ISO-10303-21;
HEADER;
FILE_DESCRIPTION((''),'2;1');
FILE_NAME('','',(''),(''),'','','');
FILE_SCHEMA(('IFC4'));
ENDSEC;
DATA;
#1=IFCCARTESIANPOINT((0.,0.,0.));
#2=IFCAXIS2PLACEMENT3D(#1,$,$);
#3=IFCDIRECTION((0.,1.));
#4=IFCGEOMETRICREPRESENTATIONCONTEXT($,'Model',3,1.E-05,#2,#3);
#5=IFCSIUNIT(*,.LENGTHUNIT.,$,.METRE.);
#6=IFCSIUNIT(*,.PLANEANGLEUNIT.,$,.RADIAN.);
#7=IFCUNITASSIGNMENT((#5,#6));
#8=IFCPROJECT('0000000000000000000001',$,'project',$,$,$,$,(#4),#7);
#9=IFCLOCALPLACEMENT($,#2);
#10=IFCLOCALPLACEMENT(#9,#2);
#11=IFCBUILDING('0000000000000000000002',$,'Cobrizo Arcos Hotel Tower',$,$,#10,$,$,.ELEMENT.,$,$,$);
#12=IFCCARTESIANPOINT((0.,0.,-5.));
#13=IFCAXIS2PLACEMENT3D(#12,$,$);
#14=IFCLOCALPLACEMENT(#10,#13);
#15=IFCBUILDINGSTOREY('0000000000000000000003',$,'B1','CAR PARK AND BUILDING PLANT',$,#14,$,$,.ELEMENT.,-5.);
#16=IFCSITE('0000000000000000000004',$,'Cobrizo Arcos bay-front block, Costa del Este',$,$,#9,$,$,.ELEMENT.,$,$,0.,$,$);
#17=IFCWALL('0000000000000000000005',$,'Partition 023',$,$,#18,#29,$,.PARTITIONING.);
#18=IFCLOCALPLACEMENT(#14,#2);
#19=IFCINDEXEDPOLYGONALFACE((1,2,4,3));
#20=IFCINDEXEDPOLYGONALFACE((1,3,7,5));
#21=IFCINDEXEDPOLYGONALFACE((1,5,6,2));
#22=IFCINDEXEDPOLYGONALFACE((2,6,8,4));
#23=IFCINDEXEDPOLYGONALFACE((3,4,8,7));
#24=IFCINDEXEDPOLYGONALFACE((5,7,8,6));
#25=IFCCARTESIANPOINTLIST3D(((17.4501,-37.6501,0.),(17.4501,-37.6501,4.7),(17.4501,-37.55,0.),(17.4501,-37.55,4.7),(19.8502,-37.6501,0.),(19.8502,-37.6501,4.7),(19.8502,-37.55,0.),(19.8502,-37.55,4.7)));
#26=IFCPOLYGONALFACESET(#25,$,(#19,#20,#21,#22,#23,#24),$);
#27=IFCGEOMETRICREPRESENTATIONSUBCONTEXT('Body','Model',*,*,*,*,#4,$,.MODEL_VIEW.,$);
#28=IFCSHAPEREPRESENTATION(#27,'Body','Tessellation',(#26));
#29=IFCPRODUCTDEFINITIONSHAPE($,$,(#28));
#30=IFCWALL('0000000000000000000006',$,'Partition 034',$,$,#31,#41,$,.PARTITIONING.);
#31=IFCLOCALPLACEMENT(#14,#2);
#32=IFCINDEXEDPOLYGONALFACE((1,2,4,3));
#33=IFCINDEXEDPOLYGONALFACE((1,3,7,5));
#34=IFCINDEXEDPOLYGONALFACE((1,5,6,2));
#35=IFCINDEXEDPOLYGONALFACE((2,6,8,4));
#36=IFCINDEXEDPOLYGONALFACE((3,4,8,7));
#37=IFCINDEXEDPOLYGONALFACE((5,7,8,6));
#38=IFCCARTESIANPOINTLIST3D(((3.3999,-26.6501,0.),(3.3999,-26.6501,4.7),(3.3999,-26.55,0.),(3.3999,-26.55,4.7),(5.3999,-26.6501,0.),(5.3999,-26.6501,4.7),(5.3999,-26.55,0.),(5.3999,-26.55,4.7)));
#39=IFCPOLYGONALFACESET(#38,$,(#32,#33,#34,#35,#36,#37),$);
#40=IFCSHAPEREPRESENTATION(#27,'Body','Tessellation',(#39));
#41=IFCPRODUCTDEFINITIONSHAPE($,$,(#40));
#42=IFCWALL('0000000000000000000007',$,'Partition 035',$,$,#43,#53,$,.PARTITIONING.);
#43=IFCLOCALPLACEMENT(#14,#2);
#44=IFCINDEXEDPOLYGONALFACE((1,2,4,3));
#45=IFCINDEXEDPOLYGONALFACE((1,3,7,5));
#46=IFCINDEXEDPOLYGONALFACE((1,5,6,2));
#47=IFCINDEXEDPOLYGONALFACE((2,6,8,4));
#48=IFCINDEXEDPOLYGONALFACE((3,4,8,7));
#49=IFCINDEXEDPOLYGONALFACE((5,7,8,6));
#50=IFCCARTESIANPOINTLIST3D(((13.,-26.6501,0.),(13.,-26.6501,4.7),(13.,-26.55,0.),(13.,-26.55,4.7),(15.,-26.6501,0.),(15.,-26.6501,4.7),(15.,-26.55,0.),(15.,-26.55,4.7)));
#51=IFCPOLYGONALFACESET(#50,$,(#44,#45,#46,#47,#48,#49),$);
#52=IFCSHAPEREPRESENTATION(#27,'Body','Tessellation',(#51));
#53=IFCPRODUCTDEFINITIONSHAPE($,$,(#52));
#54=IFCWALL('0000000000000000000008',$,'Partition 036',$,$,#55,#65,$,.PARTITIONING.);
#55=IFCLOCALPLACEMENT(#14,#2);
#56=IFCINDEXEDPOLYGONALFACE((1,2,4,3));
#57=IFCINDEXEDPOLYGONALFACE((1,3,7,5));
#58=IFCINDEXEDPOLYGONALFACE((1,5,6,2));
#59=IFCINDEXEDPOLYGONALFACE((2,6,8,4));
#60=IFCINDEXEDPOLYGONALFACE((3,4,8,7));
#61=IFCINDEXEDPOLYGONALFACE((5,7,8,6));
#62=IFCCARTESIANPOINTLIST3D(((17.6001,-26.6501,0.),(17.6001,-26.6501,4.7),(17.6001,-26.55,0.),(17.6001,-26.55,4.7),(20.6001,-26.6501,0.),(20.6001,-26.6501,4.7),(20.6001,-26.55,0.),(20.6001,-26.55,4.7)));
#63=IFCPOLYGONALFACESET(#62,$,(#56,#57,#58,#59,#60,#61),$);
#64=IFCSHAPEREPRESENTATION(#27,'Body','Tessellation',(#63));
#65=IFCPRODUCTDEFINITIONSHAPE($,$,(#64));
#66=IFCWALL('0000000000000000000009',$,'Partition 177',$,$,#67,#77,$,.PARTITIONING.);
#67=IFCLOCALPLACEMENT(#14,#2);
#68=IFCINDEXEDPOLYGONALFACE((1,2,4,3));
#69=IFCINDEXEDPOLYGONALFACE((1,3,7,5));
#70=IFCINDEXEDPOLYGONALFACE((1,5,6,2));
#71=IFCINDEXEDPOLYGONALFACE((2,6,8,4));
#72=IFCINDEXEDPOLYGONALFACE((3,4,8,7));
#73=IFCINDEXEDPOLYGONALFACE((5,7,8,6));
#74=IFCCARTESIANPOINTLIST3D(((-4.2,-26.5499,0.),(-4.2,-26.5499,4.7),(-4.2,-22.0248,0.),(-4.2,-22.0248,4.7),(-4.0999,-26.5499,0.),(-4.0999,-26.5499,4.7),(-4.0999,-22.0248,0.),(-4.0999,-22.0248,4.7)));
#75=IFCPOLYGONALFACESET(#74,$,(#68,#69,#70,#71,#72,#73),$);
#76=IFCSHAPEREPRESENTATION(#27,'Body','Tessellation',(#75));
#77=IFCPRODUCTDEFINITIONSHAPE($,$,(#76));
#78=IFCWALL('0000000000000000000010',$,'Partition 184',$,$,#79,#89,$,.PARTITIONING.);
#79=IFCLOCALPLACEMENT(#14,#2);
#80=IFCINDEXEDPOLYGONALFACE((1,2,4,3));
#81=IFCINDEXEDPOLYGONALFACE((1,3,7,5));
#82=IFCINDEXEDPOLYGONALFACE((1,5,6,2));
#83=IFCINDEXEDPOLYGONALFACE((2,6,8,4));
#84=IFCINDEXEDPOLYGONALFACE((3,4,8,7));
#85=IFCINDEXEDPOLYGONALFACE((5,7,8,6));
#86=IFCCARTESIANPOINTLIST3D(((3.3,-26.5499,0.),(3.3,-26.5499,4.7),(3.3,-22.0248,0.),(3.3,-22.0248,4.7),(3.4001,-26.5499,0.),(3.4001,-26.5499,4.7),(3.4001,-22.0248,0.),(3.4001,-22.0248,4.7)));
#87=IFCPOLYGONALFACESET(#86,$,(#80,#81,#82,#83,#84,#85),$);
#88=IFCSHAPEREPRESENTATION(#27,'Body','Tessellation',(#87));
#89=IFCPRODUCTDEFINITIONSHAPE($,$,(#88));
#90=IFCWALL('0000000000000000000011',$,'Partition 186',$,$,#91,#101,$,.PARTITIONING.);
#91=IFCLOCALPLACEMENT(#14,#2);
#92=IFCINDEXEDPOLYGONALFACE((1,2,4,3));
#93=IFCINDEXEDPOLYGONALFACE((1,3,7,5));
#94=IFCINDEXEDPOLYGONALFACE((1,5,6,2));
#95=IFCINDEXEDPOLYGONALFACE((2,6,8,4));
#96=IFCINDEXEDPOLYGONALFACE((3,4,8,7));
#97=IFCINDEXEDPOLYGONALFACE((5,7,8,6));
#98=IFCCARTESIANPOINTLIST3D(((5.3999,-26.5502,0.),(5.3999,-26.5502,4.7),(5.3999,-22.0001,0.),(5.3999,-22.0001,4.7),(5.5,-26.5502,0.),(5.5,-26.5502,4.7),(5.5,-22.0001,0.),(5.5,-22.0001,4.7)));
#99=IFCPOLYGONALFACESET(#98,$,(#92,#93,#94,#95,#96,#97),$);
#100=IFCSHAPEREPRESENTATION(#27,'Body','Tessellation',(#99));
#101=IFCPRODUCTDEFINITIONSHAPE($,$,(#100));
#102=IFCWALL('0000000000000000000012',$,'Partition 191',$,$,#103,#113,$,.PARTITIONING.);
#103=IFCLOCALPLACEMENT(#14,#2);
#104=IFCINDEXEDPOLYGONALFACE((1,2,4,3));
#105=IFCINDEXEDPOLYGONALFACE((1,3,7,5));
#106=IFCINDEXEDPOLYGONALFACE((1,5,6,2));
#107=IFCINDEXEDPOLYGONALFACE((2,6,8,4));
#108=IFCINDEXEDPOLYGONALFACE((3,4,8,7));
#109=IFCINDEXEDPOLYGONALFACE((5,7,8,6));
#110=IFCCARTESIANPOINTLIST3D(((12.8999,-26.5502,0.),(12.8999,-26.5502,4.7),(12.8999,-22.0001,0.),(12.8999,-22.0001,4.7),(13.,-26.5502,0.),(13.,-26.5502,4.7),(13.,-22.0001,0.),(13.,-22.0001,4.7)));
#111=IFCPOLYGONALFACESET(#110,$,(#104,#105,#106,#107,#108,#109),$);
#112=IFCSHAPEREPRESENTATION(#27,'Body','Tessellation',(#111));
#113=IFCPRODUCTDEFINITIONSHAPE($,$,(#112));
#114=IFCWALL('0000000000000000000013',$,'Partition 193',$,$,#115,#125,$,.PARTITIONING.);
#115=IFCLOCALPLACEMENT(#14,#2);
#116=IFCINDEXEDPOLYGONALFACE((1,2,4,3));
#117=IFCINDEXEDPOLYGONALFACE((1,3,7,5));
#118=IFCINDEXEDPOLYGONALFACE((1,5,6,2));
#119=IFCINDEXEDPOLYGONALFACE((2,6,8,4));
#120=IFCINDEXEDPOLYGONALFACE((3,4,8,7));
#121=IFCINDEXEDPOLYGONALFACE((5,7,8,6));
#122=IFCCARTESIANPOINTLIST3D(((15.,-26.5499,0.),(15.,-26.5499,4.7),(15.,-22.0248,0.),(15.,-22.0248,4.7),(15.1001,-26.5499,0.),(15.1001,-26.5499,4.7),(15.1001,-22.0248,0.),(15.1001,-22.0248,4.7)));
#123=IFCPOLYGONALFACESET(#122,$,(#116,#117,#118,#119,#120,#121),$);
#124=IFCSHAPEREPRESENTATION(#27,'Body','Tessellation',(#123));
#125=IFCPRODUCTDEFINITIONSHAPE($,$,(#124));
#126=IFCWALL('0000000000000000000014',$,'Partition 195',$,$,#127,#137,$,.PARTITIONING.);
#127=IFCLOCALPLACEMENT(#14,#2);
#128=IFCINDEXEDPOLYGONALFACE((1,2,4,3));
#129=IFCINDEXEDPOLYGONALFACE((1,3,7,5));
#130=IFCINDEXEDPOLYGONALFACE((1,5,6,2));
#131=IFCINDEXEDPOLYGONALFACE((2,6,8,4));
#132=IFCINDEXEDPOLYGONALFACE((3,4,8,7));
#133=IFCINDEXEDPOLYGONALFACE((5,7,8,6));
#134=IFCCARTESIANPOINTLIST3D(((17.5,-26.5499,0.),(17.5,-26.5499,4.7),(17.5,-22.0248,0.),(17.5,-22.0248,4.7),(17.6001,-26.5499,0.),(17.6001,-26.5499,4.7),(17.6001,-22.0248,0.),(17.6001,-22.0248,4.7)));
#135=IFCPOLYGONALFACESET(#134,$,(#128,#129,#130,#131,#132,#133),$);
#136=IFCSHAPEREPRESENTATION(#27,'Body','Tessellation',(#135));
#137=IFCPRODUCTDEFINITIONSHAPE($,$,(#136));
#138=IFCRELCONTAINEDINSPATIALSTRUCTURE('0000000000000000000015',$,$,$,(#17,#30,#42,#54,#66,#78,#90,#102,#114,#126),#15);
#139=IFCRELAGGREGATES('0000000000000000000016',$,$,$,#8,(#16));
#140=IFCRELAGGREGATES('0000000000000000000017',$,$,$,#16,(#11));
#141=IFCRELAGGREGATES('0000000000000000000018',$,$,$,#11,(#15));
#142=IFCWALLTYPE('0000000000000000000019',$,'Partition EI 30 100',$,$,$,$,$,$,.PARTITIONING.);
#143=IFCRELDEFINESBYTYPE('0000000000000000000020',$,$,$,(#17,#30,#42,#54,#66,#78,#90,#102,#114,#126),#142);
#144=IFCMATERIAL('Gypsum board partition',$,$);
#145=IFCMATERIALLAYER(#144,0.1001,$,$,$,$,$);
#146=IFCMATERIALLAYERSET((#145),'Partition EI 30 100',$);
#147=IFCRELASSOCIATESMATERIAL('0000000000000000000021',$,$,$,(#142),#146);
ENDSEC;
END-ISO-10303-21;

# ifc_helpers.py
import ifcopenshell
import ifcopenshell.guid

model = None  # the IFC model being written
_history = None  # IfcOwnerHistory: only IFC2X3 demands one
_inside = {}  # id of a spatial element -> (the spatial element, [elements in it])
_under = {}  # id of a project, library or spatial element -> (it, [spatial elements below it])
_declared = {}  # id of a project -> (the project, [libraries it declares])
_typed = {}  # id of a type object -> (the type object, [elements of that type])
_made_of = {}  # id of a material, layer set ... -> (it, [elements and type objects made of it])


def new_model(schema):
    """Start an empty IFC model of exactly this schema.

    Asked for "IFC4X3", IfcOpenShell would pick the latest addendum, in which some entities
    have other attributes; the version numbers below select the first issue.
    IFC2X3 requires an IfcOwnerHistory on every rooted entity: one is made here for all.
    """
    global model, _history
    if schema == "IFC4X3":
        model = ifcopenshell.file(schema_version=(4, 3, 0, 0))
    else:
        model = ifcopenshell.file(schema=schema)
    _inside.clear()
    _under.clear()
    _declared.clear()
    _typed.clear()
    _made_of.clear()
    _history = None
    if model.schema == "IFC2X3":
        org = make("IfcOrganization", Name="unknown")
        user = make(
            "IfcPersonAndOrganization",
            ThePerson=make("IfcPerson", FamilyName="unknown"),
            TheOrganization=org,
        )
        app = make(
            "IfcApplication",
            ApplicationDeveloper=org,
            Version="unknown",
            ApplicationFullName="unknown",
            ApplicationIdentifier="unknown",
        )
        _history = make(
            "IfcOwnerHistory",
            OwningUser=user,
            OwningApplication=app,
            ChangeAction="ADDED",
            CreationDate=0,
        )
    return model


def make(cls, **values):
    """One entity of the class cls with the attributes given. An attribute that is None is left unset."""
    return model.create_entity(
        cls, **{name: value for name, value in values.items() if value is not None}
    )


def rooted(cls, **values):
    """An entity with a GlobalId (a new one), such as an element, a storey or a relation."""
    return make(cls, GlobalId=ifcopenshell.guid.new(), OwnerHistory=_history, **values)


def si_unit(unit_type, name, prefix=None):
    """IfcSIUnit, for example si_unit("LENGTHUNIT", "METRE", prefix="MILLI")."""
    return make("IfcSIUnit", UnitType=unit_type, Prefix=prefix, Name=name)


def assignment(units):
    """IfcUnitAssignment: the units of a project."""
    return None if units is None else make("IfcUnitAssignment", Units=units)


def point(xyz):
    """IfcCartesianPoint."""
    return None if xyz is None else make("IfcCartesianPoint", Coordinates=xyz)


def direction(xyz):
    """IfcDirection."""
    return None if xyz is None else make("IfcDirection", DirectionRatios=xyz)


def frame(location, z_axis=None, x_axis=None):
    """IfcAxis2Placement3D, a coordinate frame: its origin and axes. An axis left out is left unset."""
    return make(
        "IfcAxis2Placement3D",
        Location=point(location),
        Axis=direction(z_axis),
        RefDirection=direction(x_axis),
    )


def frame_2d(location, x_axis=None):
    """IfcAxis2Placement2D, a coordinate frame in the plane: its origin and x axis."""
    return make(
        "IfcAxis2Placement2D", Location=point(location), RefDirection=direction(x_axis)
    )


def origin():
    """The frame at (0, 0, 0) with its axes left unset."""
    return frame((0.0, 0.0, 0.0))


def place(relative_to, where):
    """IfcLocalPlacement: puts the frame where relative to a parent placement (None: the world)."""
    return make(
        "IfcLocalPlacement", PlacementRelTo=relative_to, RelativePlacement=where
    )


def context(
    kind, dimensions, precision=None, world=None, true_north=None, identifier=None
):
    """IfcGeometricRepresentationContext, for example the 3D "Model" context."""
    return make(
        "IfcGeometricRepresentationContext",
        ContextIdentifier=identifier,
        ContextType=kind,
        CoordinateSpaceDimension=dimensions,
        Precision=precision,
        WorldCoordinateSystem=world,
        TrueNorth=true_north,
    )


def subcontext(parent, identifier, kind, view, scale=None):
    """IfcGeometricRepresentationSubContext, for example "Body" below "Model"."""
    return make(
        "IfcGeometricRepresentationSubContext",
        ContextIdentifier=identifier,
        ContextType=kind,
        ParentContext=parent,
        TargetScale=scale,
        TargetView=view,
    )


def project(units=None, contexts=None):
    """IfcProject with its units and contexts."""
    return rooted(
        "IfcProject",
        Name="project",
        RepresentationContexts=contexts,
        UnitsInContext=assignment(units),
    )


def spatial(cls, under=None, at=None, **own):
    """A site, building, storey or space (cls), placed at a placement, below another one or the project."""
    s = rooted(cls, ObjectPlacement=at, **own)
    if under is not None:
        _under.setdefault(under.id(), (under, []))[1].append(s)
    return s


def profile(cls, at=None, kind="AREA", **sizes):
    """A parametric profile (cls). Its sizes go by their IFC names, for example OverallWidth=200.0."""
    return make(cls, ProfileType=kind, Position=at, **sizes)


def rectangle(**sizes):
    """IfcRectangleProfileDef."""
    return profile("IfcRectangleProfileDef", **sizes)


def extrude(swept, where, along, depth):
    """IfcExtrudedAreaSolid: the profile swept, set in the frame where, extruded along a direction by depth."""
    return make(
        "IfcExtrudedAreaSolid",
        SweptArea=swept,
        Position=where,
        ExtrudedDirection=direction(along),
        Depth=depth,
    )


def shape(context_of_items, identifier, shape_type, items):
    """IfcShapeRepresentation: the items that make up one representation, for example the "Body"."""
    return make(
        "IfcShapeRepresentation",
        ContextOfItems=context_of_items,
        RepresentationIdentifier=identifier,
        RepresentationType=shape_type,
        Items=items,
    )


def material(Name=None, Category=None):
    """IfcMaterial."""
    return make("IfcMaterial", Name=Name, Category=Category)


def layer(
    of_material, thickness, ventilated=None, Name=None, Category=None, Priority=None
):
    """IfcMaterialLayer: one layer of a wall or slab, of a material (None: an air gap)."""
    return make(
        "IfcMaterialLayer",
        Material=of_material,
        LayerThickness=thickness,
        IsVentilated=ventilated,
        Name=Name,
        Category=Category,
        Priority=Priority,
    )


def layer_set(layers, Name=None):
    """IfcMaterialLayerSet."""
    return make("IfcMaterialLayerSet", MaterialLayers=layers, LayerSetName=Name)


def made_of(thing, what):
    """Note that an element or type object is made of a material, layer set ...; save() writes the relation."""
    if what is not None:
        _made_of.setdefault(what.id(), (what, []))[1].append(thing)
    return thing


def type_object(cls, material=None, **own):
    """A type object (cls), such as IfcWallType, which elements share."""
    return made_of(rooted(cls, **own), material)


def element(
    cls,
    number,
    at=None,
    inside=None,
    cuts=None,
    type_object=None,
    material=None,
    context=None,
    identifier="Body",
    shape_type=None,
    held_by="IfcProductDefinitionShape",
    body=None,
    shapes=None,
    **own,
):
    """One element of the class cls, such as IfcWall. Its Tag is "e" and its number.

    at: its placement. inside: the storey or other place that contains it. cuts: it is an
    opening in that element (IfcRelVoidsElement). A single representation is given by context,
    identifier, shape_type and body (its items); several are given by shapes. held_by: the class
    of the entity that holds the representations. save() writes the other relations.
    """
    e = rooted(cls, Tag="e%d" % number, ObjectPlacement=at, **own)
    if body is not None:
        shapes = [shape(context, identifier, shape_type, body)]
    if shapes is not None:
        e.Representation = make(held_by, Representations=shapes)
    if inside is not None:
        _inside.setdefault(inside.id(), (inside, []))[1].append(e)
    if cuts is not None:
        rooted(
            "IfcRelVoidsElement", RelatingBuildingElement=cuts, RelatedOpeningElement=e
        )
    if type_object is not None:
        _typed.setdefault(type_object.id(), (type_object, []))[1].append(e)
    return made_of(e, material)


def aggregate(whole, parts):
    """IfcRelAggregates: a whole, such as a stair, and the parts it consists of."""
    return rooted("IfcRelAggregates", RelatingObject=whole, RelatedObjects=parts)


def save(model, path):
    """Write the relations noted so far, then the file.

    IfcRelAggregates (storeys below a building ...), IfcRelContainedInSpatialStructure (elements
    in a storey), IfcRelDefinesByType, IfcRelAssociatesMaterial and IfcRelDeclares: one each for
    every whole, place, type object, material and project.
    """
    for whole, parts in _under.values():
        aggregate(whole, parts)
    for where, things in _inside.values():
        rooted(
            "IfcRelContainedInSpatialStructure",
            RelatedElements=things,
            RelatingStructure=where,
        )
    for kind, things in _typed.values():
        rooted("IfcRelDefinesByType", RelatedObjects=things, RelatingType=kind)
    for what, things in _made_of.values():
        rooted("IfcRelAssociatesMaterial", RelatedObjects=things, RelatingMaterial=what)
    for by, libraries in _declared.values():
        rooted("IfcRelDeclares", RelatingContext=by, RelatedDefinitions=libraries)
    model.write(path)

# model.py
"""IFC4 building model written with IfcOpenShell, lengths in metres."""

from ifc_helpers import new_model, si_unit, direction, frame, frame_2d, origin, place, context, subcontext, project, spatial, rectangle, extrude, material, layer, layer_set, type_object, element, save


model = new_model("IFC4")

# Units and contexts
model_context = context("Model", 3, precision=1e-05, world=origin(), true_north=direction((0.0, 1.0)))
body_context = subcontext(model_context, "Body", "Model", "MODEL_VIEW")
ifc_project = project(units=[si_unit("LENGTHUNIT", "METRE"), si_unit("PLANEANGLEUNIT", "RADIAN")], contexts=[model_context])

# Site, building, storey
site_placement = place(None, origin())
site = spatial("IfcSite", under=ifc_project, at=site_placement, Name="Cobrizo Arcos bay-front block, Costa del Este", CompositionType="ELEMENT", RefElevation=0.0)
building_placement = place(site_placement, origin())
building = spatial("IfcBuilding", under=site, at=building_placement, Name="Cobrizo Arcos Hotel Tower", CompositionType="ELEMENT")
storey_placement = place(building_placement, frame((0.0, 0.0, -5.0)))
storey = spatial("IfcBuildingStorey", under=building, at=storey_placement, Name="B1", Description="CAR PARK AND BUILDING PLANT", CompositionType="ELEMENT", Elevation=-5.0)

# Walls
ifc_material_1 = material(Name="Gypsum board partition")
ifc_layer = layer(ifc_material_1, 0.1001)
ifc_layer_set = layer_set([ifc_layer], Name="Partition EI 30 100")
wall_type = type_object("IfcWallType", Name="Partition EI 30 100", PredefinedType="PARTITIONING", material=ifc_layer_set)
for number, where, z_axis, x_axis, name in (
    (1, (17.45, -37.6001, 0.0), (0.0, 0.0, 1.0), (1.0, 0.0, 0.0), "Partition 023"),
):
    element("IfcWall", number, at=place(storey_placement, frame(where, z_axis=z_axis, x_axis=x_axis)), inside=storey, type_object=wall_type, Name=name, PredefinedType="PARTITIONING", context=body_context, shape_type="SweptSolid", body=[
        extrude(rectangle(XDim=2.4001, YDim=0.1001, at=frame_2d((1.2002, 0.0))), origin(), (0.0, 0.0, 1.0), 4.7),
    ])
for number, where, z_axis, x_axis, name in (
    (2, (3.3999, -26.6001, 0.0), (0.0, 0.0, 1.0), (1.0, 0.0, 0.0), "Partition 034"),
    (3, (13.0, -26.6001, 0.0), (0.0, 0.0, 1.0), (1.0, 0.0, 0.0), "Partition 035"),
):
    element("IfcWall", number, at=place(storey_placement, frame(where, z_axis=z_axis, x_axis=x_axis)), inside=storey, type_object=wall_type, Name=name, PredefinedType="PARTITIONING", context=body_context, shape_type="SweptSolid", body=[
        extrude(rectangle(XDim=2.0, YDim=0.1001, at=frame_2d((1.0, 0.0))), origin(), (0.0, 0.0, 1.0), 4.7),
    ])
wall_placement = place(storey_placement, frame((17.6001, -26.6001, 0.0), z_axis=(0.0, 0.0, 1.0), x_axis=(1.0, 0.0, 0.0)))
element("IfcWall", 4, at=wall_placement, inside=storey, type_object=wall_type, Name="Partition 036", PredefinedType="PARTITIONING", context=body_context, shape_type="SweptSolid", body=[
    extrude(rectangle(XDim=3.0, YDim=0.1001, at=frame_2d((1.5, 0.0))), origin(), (0.0, 0.0, 1.0), 4.7),
])
for number, where, z_axis, x_axis, name in (
    (5, (-4.1499, -26.55, 0.0), (0.0, 0.0, 1.0), (0.0, 1.0, 0.0), "Partition 177"),
    (6, (3.3501, -26.55, 0.0), (0.0, 0.0, 1.0), (0.0, 1.0, 0.0), "Partition 184"),
):
    element("IfcWall", number, at=place(storey_placement, frame(where, z_axis=z_axis, x_axis=x_axis)), inside=storey, type_object=wall_type, Name=name, PredefinedType="PARTITIONING", context=body_context, shape_type="SweptSolid", body=[
        extrude(rectangle(XDim=4.5251, YDim=0.1001, at=frame_2d((2.2627, 0.0))), origin(), (0.0, 0.0, 1.0), 4.7),
    ])
for number, where, z_axis, x_axis, name in (
    (7, (5.45, -26.55, 0.0), (0.0, 0.0, 1.0), (0.0, 1.0, 0.0), "Partition 186"),
    (8, (12.95, -26.55, 0.0), (0.0, 0.0, 1.0), (0.0, 1.0, 0.0), "Partition 191"),
):
    element("IfcWall", number, at=place(storey_placement, frame(where, z_axis=z_axis, x_axis=x_axis)), inside=storey, type_object=wall_type, Name=name, PredefinedType="PARTITIONING", context=body_context, shape_type="SweptSolid", body=[
        extrude(rectangle(XDim=4.55, YDim=0.1001, at=frame_2d((2.2749, 0.0))), origin(), (0.0, 0.0, 1.0), 4.7),
    ])
for number, where, z_axis, x_axis, name in (
    (9, (15.05, -26.55, 0.0), (0.0, 0.0, 1.0), (0.0, 1.0, 0.0), "Partition 193"),
    (10, (17.55, -26.55, 0.0), (0.0, 0.0, 1.0), (0.0, 1.0, 0.0), "Partition 195"),
):
    element("IfcWall", number, at=place(storey_placement, frame(where, z_axis=z_axis, x_axis=x_axis)), inside=storey, type_object=wall_type, Name=name, PredefinedType="PARTITIONING", context=body_context, shape_type="SweptSolid", body=[
        extrude(rectangle(XDim=4.5251, YDim=0.1001, at=frame_2d((2.2627, 0.0))), origin(), (0.0, 0.0, 1.0), 4.7),
    ])

save(model, "model.ifc")
